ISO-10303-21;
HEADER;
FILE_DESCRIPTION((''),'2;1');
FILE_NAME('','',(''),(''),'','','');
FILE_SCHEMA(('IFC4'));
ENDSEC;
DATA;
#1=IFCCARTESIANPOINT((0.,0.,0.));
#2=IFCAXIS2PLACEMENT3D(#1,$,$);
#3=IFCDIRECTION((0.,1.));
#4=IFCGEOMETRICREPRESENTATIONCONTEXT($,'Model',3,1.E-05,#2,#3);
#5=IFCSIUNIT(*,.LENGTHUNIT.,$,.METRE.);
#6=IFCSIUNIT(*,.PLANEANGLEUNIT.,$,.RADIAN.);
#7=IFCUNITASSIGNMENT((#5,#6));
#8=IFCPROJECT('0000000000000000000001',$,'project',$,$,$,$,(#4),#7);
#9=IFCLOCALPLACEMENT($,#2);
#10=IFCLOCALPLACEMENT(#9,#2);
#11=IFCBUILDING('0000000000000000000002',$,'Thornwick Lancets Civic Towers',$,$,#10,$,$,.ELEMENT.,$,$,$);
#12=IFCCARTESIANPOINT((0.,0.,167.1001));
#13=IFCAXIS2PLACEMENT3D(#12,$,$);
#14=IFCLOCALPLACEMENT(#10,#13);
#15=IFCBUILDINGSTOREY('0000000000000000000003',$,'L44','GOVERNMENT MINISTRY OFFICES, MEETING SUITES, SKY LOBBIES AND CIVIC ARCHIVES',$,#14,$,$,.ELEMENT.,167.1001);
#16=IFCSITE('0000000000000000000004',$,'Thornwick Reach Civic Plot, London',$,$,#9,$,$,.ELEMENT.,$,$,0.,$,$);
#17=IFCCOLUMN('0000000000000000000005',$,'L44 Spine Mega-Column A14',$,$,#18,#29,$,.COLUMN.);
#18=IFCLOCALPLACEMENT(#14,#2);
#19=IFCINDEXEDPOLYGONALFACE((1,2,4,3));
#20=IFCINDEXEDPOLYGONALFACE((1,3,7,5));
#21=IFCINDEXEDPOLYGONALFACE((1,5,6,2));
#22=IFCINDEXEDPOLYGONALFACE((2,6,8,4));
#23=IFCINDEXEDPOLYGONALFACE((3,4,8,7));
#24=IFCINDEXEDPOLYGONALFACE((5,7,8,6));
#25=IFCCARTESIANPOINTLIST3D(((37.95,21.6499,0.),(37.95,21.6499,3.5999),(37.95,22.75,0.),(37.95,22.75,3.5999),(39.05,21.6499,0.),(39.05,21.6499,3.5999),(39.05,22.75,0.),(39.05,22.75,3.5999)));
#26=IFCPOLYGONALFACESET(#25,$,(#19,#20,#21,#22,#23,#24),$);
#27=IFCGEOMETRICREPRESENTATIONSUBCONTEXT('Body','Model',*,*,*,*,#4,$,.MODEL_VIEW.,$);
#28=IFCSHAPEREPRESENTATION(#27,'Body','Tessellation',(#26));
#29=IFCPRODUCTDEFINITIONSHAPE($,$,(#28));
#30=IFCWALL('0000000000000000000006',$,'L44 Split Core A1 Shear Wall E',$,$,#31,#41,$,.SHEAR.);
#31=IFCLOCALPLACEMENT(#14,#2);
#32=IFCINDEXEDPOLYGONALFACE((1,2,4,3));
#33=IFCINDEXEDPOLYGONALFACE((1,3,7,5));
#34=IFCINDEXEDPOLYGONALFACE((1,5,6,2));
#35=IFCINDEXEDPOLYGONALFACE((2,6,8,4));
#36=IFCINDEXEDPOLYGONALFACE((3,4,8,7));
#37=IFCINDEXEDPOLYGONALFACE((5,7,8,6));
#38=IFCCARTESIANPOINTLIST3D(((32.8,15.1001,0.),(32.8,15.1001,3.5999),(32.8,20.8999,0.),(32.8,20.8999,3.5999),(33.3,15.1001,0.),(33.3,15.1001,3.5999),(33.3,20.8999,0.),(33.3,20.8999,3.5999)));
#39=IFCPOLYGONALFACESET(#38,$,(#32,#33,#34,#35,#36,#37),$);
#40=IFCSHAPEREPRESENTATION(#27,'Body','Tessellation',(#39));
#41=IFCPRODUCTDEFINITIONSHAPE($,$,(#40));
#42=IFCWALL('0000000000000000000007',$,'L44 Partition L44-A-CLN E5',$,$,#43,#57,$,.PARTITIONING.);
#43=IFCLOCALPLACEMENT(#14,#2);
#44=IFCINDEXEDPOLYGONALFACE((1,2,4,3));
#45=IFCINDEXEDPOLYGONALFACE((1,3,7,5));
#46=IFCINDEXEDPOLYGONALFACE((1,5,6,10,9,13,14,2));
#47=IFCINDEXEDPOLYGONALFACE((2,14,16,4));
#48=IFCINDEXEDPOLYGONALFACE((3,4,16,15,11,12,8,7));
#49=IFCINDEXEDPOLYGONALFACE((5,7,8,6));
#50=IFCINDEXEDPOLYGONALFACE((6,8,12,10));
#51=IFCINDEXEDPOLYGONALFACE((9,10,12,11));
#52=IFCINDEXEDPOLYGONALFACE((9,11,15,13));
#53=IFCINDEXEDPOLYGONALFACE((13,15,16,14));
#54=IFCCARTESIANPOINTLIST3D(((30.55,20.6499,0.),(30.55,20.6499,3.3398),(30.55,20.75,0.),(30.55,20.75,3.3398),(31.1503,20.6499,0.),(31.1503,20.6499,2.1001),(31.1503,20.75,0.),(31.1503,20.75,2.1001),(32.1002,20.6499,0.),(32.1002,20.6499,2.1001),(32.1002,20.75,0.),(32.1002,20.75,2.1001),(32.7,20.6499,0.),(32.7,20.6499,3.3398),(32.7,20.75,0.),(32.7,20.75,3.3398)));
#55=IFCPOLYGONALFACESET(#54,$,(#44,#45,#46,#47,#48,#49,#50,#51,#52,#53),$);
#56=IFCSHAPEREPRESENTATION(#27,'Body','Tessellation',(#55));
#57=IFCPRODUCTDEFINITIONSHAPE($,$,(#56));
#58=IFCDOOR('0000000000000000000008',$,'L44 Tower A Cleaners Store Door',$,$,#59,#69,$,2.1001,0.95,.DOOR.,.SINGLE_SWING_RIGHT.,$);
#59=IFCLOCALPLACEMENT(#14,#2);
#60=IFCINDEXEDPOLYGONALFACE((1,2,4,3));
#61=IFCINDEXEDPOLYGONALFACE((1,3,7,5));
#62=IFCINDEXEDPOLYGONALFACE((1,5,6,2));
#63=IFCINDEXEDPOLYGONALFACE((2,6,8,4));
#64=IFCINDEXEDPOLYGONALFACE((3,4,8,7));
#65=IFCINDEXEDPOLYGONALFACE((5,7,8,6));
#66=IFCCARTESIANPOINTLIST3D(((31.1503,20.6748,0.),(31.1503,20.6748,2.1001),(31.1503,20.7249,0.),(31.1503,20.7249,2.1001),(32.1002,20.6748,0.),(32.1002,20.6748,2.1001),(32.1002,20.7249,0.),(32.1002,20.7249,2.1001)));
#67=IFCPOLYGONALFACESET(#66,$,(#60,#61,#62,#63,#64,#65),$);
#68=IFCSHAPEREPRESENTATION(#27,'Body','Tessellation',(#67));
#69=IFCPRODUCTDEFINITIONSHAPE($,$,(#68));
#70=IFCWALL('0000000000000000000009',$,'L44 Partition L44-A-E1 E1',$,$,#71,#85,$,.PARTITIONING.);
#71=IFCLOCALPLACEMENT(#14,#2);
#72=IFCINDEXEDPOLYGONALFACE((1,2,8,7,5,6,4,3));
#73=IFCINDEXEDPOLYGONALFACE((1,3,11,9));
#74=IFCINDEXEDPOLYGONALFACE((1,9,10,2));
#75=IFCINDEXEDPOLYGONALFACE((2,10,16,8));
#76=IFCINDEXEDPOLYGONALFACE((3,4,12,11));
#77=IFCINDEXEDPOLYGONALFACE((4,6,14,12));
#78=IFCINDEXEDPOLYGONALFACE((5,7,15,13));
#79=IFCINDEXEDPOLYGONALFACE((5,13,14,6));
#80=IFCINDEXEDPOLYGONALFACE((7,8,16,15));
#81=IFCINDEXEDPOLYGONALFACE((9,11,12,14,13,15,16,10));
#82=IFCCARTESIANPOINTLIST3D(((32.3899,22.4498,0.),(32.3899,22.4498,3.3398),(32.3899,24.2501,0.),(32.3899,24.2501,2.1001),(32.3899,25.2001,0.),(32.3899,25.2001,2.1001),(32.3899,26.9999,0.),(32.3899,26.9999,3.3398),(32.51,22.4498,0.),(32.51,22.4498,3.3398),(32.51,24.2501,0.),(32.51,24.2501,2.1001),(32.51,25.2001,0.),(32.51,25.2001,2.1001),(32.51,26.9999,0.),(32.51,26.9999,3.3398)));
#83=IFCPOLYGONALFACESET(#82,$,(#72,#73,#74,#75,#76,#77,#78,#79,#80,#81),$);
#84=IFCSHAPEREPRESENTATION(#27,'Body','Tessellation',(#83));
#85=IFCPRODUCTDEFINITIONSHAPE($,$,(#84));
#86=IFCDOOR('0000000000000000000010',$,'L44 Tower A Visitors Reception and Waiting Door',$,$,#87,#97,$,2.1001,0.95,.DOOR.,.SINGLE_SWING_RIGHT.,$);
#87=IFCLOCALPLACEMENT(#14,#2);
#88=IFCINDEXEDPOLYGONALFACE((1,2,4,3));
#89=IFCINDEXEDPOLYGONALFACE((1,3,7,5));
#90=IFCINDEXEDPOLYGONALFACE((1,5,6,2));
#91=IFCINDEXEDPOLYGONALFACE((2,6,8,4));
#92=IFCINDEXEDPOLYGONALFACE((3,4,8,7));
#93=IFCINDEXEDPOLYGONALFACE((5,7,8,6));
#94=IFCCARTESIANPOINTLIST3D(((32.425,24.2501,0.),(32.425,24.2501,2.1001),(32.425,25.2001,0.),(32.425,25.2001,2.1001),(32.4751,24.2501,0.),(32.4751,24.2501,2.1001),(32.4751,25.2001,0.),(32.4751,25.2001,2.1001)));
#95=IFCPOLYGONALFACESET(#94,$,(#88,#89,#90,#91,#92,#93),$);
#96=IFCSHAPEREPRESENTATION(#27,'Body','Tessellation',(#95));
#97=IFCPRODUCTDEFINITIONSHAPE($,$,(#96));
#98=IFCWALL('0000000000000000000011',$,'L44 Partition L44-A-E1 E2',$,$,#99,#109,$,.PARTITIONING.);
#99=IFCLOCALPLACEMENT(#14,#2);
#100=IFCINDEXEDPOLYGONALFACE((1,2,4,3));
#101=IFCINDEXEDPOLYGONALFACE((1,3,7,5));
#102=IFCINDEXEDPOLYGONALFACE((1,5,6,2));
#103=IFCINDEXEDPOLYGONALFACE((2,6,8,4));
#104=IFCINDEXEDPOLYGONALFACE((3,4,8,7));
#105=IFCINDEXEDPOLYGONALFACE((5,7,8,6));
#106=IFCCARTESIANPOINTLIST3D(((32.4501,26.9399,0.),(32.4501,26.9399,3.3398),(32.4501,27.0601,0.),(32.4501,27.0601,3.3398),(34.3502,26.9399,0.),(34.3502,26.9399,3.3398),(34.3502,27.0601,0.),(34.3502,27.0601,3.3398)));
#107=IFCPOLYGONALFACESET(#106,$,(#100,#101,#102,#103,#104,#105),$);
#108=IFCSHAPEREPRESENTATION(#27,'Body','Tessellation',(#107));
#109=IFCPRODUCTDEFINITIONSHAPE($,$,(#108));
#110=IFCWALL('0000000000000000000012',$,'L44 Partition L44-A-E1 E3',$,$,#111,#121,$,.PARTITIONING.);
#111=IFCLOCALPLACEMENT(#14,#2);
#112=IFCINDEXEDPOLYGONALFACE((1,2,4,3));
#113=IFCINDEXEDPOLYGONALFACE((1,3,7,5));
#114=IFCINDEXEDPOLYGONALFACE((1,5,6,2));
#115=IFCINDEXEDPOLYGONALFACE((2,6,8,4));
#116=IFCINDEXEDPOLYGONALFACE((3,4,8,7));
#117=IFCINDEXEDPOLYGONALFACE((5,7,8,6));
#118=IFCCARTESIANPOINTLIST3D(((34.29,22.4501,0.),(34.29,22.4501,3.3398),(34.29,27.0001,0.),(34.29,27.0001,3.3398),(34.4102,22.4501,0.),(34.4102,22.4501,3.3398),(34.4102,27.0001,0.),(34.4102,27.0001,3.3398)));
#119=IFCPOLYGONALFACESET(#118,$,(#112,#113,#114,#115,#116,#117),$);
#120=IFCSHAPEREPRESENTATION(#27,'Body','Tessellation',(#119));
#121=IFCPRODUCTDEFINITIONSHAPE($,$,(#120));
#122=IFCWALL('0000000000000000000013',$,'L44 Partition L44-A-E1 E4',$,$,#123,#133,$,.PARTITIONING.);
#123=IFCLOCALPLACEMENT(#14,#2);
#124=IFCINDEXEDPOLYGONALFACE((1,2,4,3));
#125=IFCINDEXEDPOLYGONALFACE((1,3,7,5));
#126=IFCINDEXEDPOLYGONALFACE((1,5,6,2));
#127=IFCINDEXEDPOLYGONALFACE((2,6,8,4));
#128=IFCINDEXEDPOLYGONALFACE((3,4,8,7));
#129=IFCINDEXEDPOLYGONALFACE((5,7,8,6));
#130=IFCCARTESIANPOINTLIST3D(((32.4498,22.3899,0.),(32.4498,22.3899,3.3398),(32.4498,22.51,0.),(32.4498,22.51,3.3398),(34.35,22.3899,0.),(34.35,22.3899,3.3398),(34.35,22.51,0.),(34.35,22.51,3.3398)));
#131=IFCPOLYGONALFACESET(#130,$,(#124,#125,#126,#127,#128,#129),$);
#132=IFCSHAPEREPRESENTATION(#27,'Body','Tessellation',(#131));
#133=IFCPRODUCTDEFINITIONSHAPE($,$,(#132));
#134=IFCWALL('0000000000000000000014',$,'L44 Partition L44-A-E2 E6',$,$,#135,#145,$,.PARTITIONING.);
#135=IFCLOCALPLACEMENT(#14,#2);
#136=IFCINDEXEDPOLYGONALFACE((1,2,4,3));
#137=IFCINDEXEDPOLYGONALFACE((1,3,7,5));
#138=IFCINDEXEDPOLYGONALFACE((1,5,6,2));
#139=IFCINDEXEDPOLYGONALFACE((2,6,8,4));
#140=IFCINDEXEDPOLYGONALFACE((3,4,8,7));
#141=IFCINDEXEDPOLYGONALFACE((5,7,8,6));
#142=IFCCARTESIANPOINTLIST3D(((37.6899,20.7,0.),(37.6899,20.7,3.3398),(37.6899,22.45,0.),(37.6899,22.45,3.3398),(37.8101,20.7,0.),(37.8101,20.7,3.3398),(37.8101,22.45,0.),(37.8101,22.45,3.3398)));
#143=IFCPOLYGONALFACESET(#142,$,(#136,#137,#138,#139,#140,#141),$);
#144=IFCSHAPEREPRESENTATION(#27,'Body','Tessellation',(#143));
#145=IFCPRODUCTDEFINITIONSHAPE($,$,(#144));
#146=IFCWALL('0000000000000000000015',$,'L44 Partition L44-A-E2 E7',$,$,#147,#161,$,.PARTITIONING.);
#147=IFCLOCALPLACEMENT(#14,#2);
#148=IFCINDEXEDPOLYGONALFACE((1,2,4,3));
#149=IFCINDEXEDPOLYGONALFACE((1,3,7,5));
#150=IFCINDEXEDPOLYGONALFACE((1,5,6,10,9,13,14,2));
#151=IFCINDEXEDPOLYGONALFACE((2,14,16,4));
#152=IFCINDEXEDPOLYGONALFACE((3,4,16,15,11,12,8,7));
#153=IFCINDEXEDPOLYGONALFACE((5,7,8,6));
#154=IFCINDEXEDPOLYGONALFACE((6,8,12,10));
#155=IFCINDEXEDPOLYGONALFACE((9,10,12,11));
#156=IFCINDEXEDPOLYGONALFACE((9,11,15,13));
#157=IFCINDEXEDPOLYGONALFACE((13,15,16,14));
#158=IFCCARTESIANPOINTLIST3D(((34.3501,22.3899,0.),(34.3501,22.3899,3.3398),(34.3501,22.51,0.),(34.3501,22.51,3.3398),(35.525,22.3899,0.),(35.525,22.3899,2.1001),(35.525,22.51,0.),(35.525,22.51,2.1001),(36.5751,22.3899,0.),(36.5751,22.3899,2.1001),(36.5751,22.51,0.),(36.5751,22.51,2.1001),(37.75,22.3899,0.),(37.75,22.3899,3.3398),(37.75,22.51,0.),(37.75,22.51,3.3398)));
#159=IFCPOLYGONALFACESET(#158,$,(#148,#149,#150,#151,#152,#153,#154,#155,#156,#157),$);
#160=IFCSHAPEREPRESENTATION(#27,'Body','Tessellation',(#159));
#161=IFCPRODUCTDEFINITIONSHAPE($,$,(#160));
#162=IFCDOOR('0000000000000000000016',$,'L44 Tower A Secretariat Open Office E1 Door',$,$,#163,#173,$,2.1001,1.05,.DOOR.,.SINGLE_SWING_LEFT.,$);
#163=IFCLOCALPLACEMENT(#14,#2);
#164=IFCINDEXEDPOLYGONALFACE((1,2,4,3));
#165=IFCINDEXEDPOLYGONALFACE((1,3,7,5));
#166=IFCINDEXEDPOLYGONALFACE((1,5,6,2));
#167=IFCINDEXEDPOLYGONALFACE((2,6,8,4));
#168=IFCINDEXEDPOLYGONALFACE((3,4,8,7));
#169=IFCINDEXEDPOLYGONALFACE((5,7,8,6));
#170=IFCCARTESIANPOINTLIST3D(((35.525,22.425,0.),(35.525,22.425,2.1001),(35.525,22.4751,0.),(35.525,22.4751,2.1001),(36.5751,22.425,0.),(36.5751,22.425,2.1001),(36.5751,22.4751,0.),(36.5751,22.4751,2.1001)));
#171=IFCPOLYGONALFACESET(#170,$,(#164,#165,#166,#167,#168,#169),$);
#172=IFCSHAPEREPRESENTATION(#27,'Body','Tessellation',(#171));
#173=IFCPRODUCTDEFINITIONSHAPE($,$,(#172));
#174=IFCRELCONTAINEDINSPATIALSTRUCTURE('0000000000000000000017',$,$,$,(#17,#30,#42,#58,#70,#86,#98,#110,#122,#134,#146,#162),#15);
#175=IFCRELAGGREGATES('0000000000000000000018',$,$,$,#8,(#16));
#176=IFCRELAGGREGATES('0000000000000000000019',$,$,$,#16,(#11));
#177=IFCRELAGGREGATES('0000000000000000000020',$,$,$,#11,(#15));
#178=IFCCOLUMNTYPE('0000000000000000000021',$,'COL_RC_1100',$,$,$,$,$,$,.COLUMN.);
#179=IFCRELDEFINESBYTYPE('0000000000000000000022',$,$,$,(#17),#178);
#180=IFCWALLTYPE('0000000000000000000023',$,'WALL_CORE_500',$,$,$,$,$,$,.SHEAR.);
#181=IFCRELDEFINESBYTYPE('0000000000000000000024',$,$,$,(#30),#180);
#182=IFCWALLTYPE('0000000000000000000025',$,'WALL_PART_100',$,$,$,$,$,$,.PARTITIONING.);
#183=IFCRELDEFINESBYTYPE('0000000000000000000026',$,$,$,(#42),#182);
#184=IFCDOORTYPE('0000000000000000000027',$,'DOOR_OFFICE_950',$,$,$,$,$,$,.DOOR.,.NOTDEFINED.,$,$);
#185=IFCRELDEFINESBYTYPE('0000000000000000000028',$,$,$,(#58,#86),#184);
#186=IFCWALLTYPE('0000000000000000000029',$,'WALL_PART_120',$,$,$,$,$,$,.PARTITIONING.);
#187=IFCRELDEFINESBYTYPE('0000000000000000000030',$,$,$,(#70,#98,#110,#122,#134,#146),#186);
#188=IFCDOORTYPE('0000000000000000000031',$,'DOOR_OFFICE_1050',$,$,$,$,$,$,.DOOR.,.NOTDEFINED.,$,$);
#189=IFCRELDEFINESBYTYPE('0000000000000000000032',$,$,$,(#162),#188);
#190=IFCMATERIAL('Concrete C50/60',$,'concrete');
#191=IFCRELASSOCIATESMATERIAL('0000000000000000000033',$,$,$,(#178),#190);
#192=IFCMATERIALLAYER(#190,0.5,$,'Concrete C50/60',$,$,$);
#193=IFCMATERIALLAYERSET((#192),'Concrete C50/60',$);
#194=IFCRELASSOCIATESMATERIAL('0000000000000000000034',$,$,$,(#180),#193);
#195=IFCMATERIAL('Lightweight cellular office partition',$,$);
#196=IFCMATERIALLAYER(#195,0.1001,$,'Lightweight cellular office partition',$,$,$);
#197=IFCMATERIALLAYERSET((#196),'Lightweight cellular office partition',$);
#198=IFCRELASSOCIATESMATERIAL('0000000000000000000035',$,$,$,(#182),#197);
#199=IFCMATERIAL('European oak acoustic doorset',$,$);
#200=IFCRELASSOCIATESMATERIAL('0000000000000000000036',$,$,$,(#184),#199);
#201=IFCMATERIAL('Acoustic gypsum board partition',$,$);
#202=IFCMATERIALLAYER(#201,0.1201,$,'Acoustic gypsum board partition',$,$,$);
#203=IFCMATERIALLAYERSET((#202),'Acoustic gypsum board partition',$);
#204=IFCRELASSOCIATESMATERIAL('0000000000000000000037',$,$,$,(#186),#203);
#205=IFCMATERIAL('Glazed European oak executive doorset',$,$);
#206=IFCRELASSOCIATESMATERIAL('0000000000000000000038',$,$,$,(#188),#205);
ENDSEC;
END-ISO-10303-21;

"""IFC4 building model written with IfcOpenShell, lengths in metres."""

from ifc_helpers import new_model, si_unit, direction, frame, frame_2d, origin, origin_2d, place, context, subcontext, project, spatial, rectangle, extrude, material, layer, layer_set, material_profile, profile_set, type_object, element, fill, save


model = new_model("IFC4")

# Units and contexts
model_context = context("Model", 3, precision=1e-05, world=origin(), true_north=direction((0.0, 1.0)))
body_context = subcontext(model_context, "Body", "Model", "MODEL_VIEW")
ifc_project = project(units=[si_unit("LENGTHUNIT", "METRE"), si_unit("PLANEANGLEUNIT", "RADIAN")], contexts=[model_context])

# Site, building, storey
site_placement = place(None, origin())
site = spatial("IfcSite", under=ifc_project, at=site_placement, Name="Thornwick Reach Civic Plot, London", CompositionType="ELEMENT", RefElevation=0.0)
building_placement = place(site_placement, origin())
building = spatial("IfcBuilding", under=site, at=building_placement, Name="Thornwick Lancets Civic Towers", CompositionType="ELEMENT")
storey_placement = place(building_placement, frame((0.0, 0.0, 167.1001)))
storey = spatial("IfcBuildingStorey", under=building, at=storey_placement, Name="L44", Description="GOVERNMENT MINISTRY OFFICES, MEETING SUITES, SKY LOBBIES AND CIVIC ARCHIVES", CompositionType="ELEMENT", Elevation=167.1001)

# Column
ifc_material_1 = material(Name="Concrete C50/60", Category="concrete")
ifc_material_profile = material_profile(ifc_material_1, rectangle(XDim=1.1001, YDim=1.1001, at=origin_2d()), Name="RC 1100x1100")
ifc_profile_set = profile_set([ifc_material_profile], Name="Concrete C50/60")
column_type = type_object("IfcColumnType", Name="COL_RC_1100", PredefinedType="COLUMN", material=ifc_profile_set)
column_placement = place(storey_placement, frame((38.5, 22.2, 0.0), z_axis=(0.0, 0.0, 1.0), x_axis=(1.0, 0.0, 0.0)))
element("IfcColumn", 1, at=column_placement, inside=storey, type_object=column_type, Name="L44 Spine Mega-Column A14", PredefinedType="COLUMN", context=body_context, shape_type="SweptSolid", body=[
    extrude(rectangle(XDim=1.1001, YDim=1.1001, at=origin_2d()), origin(), (0.0, 0.0, 1.0), 3.5999),
])

# Wall
ifc_layer_1 = layer(ifc_material_1, 0.5, Name="Concrete C50/60")
ifc_layer_set_1 = layer_set([ifc_layer_1], Name="Concrete C50/60")
wall_type_1 = type_object("IfcWallType", Name="WALL_CORE_500", PredefinedType="SHEAR", material=ifc_layer_set_1)
wall_1_placement = place(storey_placement, frame((33.05, 15.1001, 0.0), z_axis=(0.0, 0.0, 1.0), x_axis=(0.0, 1.0, 0.0)))
element("IfcWall", 2, at=wall_1_placement, inside=storey, type_object=wall_type_1, Name="L44 Split Core A1 Shear Wall E", PredefinedType="SHEAR", context=body_context, shape_type="SweptSolid", body=[
    extrude(rectangle(XDim=5.7998, YDim=0.5, at=frame_2d((2.8999, 0.0))), origin(), (0.0, 0.0, 1.0), 3.5999),
])

# Walls, openings, doors
ifc_material_2 = material(Name="Lightweight cellular office partition")
ifc_layer_2 = layer(ifc_material_2, 0.1001, Name="Lightweight cellular office partition")
ifc_layer_set_2 = layer_set([ifc_layer_2], Name="Lightweight cellular office partition")
wall_type_2 = type_object("IfcWallType", Name="WALL_PART_100", PredefinedType="PARTITIONING", material=ifc_layer_set_2)
wall_2_placement = place(storey_placement, frame((30.55, 20.7, 0.0), z_axis=(0.0, 0.0, 1.0), x_axis=(1.0, 0.0, 0.0)))
wall_2 = element("IfcWall", 3, at=wall_2_placement, inside=storey, type_object=wall_type_2, Name="L44 Partition L44-A-CLN E5", PredefinedType="PARTITIONING", context=body_context, shape_type="SweptSolid", body=[
    extrude(rectangle(XDim=2.1499, YDim=0.1001, at=frame_2d((1.075, 0.0))), origin(), (0.0, 0.0, 1.0), 3.3398),
])
opening_1_placement = place(wall_2_placement, frame((0.6001, 0.0, 0.0)))
opening_1 = element("IfcOpeningElement", 4, at=opening_1_placement, cuts=wall_2, PredefinedType="OPENING", context=body_context, shape_type="SweptSolid", body=[
    extrude(rectangle(XDim=0.95, YDim=2.1001, at=frame_2d((0.4751, 1.05))), frame((0.0, 0.0601, 0.0), z_axis=(0.0, -1.0, 0.0), x_axis=(1.0, 0.0, 0.0)), (0.0, 0.0, 1.0), 0.1201),
])
ifc_material_3 = material(Name="European oak acoustic doorset")
door_type_1 = type_object("IfcDoorType", Name="DOOR_OFFICE_950", OperationType="NOTDEFINED", PredefinedType="DOOR", material=ifc_material_3)
door_1_placement = place(opening_1_placement, origin())
door_1 = element("IfcDoor", 5, at=door_1_placement, inside=storey, type_object=door_type_1, Name="L44 Tower A Cleaners Store Door", OperationType="SINGLE_SWING_RIGHT", OverallHeight=2.1001, OverallWidth=0.95, PredefinedType="DOOR", context=body_context, shape_type="SweptSolid", body=[
    extrude(rectangle(XDim=0.95, YDim=2.1001, at=frame_2d((0.4751, 1.05))), frame((0.0, 0.0249, 0.0), z_axis=(0.0, -1.0, 0.0), x_axis=(1.0, 0.0, 0.0)), (0.0, 0.0, 1.0), 0.05),
])
fill(opening_1, door_1)
ifc_material_4 = material(Name="Acoustic gypsum board partition")
ifc_layer_3 = layer(ifc_material_4, 0.1201, Name="Acoustic gypsum board partition")
ifc_layer_set_3 = layer_set([ifc_layer_3], Name="Acoustic gypsum board partition")
wall_type_3 = type_object("IfcWallType", Name="WALL_PART_120", PredefinedType="PARTITIONING", material=ifc_layer_set_3)
wall_3_placement = place(storey_placement, frame((32.45, 22.45, 0.0), z_axis=(0.0, 0.0, 1.0), x_axis=(0.0, 1.0, 0.0)))
wall_3 = element("IfcWall", 6, at=wall_3_placement, inside=storey, type_object=wall_type_3, Name="L44 Partition L44-A-E1 E1", PredefinedType="PARTITIONING", context=body_context, shape_type="SweptSolid", body=[
    extrude(rectangle(XDim=4.55, YDim=0.1201, at=frame_2d((2.2749, 0.0))), origin(), (0.0, 0.0, 1.0), 3.3398),
])
opening_2_placement = place(wall_3_placement, frame((1.8, 0.0, 0.0)))
opening_2 = element("IfcOpeningElement", 7, at=opening_2_placement, cuts=wall_3, PredefinedType="OPENING", context=body_context, shape_type="SweptSolid", body=[
    extrude(rectangle(XDim=0.95, YDim=2.1001, at=frame_2d((0.4751, 1.05))), frame((0.0, 0.0701, 0.0), z_axis=(0.0, -1.0, 0.0), x_axis=(1.0, 0.0, 0.0)), (0.0, 0.0, 1.0), 0.1401),
])
door_2_placement = place(opening_2_placement, origin())
door_2 = element("IfcDoor", 8, at=door_2_placement, inside=storey, type_object=door_type_1, Name="L44 Tower A Visitors Reception and Waiting Door", OperationType="SINGLE_SWING_RIGHT", OverallHeight=2.1001, OverallWidth=0.95, PredefinedType="DOOR", context=body_context, shape_type="SweptSolid", body=[
    extrude(rectangle(XDim=0.95, YDim=2.1001, at=frame_2d((0.4751, 1.05))), frame((0.0, 0.0249, 0.0), z_axis=(0.0, -1.0, 0.0), x_axis=(1.0, 0.0, 0.0)), (0.0, 0.0, 1.0), 0.05),
])
fill(opening_2, door_2)

# Walls
wall_4_placement = place(storey_placement, frame((32.45, 27.0, 0.0), z_axis=(0.0, 0.0, 1.0), x_axis=(1.0, 0.0, 0.0)))
element("IfcWall", 9, at=wall_4_placement, inside=storey, type_object=wall_type_3, Name="L44 Partition L44-A-E1 E2", PredefinedType="PARTITIONING", context=body_context, shape_type="SweptSolid", body=[
    extrude(rectangle(XDim=1.9001, YDim=0.1201, at=frame_2d((0.9502, 0.0))), origin(), (0.0, 0.0, 1.0), 3.3398),
])
wall_5_placement = place(storey_placement, frame((34.3501, 27.0, 0.0), z_axis=(0.0, 0.0, 1.0), x_axis=(0.0, -1.0, 0.0)))
element("IfcWall", 10, at=wall_5_placement, inside=storey, type_object=wall_type_3, Name="L44 Partition L44-A-E1 E3", PredefinedType="PARTITIONING", context=body_context, shape_type="SweptSolid", body=[
    extrude(rectangle(XDim=4.55, YDim=0.1201, at=frame_2d((2.2749, 0.0))), origin(), (0.0, 0.0, 1.0), 3.3398),
])
wall_6_placement = place(storey_placement, frame((34.3501, 22.45, 0.0), z_axis=(0.0, 0.0, 1.0), x_axis=(-1.0, 0.0, 0.0)))
element("IfcWall", 11, at=wall_6_placement, inside=storey, type_object=wall_type_3, Name="L44 Partition L44-A-E1 E4", PredefinedType="PARTITIONING", context=body_context, shape_type="SweptSolid", body=[
    extrude(rectangle(XDim=1.9001, YDim=0.1201, at=frame_2d((0.9502, 0.0))), origin(), (0.0, 0.0, 1.0), 3.3398),
])
wall_7_placement = place(storey_placement, frame((37.75, 20.7, 0.0), z_axis=(0.0, 0.0, 1.0), x_axis=(0.0, 1.0, 0.0)))
element("IfcWall", 12, at=wall_7_placement, inside=storey, type_object=wall_type_3, Name="L44 Partition L44-A-E2 E6", PredefinedType="PARTITIONING", context=body_context, shape_type="SweptSolid", body=[
    extrude(rectangle(XDim=1.75, YDim=0.1201, at=frame_2d((0.875, 0.0))), origin(), (0.0, 0.0, 1.0), 3.3398),
])

# Wall, opening, door
wall_8_placement = place(storey_placement, frame((37.75, 22.45, 0.0), z_axis=(0.0, 0.0, 1.0), x_axis=(-1.0, 0.0, 0.0)))
wall_8 = element("IfcWall", 13, at=wall_8_placement, inside=storey, type_object=wall_type_3, Name="L44 Partition L44-A-E2 E7", PredefinedType="PARTITIONING", context=body_context, shape_type="SweptSolid", body=[
    extrude(rectangle(XDim=3.3999, YDim=0.1201, at=frame_2d((1.7, 0.0))), origin(), (0.0, 0.0, 1.0), 3.3398),
])
opening_3_placement = place(wall_8_placement, frame((1.175, 0.0, 0.0)))
opening_3 = element("IfcOpeningElement", 14, at=opening_3_placement, cuts=wall_8, PredefinedType="OPENING", context=body_context, shape_type="SweptSolid", body=[
    extrude(rectangle(XDim=1.05, YDim=2.1001, at=frame_2d((0.5249, 1.05))), frame((0.0, 0.0701, 0.0), z_axis=(0.0, -1.0, 0.0), x_axis=(1.0, 0.0, 0.0)), (0.0, 0.0, 1.0), 0.1401),
])
ifc_material_5 = material(Name="Glazed European oak executive doorset")
door_type_2 = type_object("IfcDoorType", Name="DOOR_OFFICE_1050", OperationType="NOTDEFINED", PredefinedType="DOOR", material=ifc_material_5)
door_3_placement = place(opening_3_placement, origin())
door_3 = element("IfcDoor", 15, at=door_3_placement, inside=storey, type_object=door_type_2, Name="L44 Tower A Secretariat Open Office E1 Door", OperationType="SINGLE_SWING_LEFT", OverallHeight=2.1001, OverallWidth=1.05, PredefinedType="DOOR", context=body_context, shape_type="SweptSolid", body=[
    extrude(rectangle(XDim=1.05, YDim=2.1001, at=frame_2d((0.5249, 1.05))), frame((0.0, 0.0249, 0.0), z_axis=(0.0, -1.0, 0.0), x_axis=(1.0, 0.0, 0.0)), (0.0, 0.0, 1.0), 0.05),
])
fill(opening_3, door_3)

save(model, "model.ifc")
